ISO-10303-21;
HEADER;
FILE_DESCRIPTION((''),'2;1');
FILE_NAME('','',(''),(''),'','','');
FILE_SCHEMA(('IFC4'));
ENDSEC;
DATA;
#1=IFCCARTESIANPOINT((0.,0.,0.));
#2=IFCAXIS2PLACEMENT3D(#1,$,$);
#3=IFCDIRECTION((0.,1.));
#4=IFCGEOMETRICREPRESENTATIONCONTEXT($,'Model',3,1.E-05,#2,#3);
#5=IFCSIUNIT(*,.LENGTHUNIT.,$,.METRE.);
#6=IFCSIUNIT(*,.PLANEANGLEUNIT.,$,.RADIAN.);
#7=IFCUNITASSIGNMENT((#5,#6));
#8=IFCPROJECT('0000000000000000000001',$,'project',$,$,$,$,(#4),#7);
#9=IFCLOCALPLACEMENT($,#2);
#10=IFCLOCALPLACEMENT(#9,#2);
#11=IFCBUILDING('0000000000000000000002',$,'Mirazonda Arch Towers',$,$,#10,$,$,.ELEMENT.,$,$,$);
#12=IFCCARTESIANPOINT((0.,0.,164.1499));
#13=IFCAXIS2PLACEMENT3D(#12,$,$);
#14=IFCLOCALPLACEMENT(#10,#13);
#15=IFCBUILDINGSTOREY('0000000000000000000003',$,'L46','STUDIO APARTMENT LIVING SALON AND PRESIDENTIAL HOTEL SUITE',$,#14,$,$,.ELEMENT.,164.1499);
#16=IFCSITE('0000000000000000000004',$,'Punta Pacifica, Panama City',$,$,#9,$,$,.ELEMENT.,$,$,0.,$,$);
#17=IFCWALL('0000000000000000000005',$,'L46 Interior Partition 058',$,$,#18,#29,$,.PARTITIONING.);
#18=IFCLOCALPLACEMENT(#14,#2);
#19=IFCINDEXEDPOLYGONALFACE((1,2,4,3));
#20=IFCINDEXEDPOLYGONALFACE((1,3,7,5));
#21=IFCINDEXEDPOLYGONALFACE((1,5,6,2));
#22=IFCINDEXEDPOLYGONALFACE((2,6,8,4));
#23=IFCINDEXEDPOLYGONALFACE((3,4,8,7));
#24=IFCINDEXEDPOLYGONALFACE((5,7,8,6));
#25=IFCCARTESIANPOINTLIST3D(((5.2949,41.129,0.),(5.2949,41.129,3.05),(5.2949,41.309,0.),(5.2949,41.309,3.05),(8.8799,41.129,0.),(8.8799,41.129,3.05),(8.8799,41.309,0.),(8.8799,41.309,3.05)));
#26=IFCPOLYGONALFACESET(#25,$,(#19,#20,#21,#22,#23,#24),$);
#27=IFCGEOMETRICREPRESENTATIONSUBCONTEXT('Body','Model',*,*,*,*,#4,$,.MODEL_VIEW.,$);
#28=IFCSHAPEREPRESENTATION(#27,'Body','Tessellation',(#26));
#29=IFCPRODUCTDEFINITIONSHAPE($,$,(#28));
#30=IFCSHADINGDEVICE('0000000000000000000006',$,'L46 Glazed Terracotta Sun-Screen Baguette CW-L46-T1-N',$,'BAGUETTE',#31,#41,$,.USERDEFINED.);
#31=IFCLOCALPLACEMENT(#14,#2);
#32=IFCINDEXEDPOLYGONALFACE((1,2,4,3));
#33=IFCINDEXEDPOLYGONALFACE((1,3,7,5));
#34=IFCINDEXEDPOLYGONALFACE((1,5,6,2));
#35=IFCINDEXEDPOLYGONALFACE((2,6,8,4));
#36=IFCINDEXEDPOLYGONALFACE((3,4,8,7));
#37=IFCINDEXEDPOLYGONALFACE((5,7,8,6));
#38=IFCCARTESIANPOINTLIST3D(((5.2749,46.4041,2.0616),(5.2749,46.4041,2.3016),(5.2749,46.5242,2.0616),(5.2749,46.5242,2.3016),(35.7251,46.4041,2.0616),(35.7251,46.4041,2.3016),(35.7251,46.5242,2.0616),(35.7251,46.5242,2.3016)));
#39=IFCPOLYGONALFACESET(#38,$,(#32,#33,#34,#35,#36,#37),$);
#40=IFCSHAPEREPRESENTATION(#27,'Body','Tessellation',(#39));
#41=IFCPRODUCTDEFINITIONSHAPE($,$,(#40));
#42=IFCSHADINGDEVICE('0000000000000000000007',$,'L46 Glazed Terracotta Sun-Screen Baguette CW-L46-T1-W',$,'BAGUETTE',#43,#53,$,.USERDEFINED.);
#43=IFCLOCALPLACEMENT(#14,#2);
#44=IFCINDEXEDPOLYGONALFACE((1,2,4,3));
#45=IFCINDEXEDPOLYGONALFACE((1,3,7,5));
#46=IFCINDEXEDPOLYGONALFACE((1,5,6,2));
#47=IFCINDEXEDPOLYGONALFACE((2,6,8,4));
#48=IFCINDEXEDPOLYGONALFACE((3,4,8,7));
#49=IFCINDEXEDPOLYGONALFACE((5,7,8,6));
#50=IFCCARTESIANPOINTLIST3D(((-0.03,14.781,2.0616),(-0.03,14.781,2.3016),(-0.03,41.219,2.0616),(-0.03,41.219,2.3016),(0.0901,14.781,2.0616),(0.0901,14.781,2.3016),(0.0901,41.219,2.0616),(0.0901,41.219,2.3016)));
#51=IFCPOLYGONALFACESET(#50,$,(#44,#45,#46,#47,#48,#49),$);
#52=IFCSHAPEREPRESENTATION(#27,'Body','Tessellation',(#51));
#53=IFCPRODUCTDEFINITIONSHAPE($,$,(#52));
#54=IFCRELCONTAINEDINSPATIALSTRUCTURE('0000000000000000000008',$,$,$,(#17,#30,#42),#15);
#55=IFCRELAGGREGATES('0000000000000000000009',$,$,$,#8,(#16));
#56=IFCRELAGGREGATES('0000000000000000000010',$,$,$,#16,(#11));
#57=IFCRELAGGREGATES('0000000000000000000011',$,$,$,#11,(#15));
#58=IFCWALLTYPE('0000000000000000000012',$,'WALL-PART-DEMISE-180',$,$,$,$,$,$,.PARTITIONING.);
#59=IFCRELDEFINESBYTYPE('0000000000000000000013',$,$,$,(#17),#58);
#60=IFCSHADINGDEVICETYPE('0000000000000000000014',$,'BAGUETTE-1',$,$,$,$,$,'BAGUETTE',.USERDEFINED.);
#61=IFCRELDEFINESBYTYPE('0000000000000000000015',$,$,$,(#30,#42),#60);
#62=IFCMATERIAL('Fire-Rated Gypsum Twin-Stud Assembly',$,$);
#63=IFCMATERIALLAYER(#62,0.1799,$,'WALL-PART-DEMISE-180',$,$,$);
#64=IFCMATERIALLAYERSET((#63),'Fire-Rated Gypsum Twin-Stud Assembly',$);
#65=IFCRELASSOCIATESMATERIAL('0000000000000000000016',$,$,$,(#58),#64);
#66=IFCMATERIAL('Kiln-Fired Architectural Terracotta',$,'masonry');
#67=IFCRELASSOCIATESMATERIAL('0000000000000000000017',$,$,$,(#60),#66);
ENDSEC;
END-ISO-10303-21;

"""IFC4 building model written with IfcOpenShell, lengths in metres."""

from ifc_helpers import new_model, si_unit, direction, frame, frame_2d, origin, origin_2d, place, context, subcontext, project, spatial, rectangle, extrude, material, layer, layer_set, material_profile, profile_set, type_object, element, save


model = new_model("IFC4")

# Units and contexts
model_context = context("Model", 3, precision=1e-05, world=origin(), true_north=direction((0.0, 1.0)))
body_context = subcontext(model_context, "Body", "Model", "MODEL_VIEW")
ifc_project = project(units=[si_unit("LENGTHUNIT", "METRE"), si_unit("PLANEANGLEUNIT", "RADIAN")], contexts=[model_context])

# Site, building, storey
site_placement = place(None, origin())
site = spatial("IfcSite", under=ifc_project, at=site_placement, Name="Punta Pacifica, Panama City", CompositionType="ELEMENT", RefElevation=0.0)
building_placement = place(site_placement, origin())
building = spatial("IfcBuilding", under=site, at=building_placement, Name="Mirazonda Arch Towers", CompositionType="ELEMENT")
storey_placement = place(building_placement, frame((0.0, 0.0, 164.1499)))
storey = spatial("IfcBuildingStorey", under=building, at=storey_placement, Name="L46", Description="STUDIO APARTMENT LIVING SALON AND PRESIDENTIAL HOTEL SUITE", CompositionType="ELEMENT", Elevation=164.1499)

# Wall
ifc_material_1 = material(Name="Fire-Rated Gypsum Twin-Stud Assembly")
ifc_layer_1 = layer(ifc_material_1, 0.1799, Name="WALL-PART-DEMISE-180")
ifc_layer_set_1 = layer_set([ifc_layer_1], Name="Fire-Rated Gypsum Twin-Stud Assembly")
wall_type_1 = type_object("IfcWallType", Name="WALL-PART-DEMISE-180", PredefinedType="PARTITIONING", material=ifc_layer_set_1)
wall_1_placement = place(storey_placement, frame((5.2949, 41.219, 0.0), z_axis=(0.0, 0.0, 1.0), x_axis=(1.0, 0.0, 0.0)))
element("IfcWall", 1, at=wall_1_placement, inside=storey, type_object=wall_type_1, Name="L46 Interior Partition 058", PredefinedType="PARTITIONING", context=body_context, shape_type="SweptSolid", body=[
    extrude(rectangle(XDim=3.585, YDim=0.1799, at=frame_2d((1.7925, 0.0))), origin(), (0.0, 0.0, 1.0), 3.05),
])

# Shading devices
ifc_material_2 = material(Name="Kiln-Fired Architectural Terracotta", Category="masonry")
ifc_material_profile_1 = material_profile(ifc_material_2, rectangle(XDim=0.1201, YDim=0.24, at=origin_2d()), Name="TERRA-BAG-120x240")
ifc_profile_set_1 = profile_set([ifc_material_profile_1], Name="Kiln-Fired Architectural Terracotta")
shading_device_type = type_object("IfcShadingDeviceType", Name="BAGUETTE-1", ElementType="BAGUETTE", PredefinedType="USERDEFINED", material=ifc_profile_set_1)
shading_device_1_placement = place(storey_placement, frame((5.2749, 46.4641, 2.1816), z_axis=(1.0, 0.0, 0.0), x_axis=(0.0, 1.0, 0.0)))
element("IfcShadingDevice", 2, at=shading_device_1_placement, inside=storey, type_object=shading_device_type, Name="L46 Glazed Terracotta Sun-Screen Baguette CW-L46-T1-N", ObjectType="BAGUETTE", PredefinedType="USERDEFINED", context=body_context, shape_type="SweptSolid", body=[
    extrude(rectangle(XDim=0.1201, YDim=0.24, at=origin_2d()), origin(), (0.0, 0.0, 1.0), 30.4502),
])
shading_device_2_placement = place(storey_placement, frame((0.03, 41.219, 2.1816), z_axis=(0.0, -1.0, 0.0), x_axis=(1.0, 0.0, 0.0)))
element("IfcShadingDevice", 3, at=shading_device_2_placement, inside=storey, type_object=shading_device_type, Name="L46 Glazed Terracotta Sun-Screen Baguette CW-L46-T1-W", ObjectType="BAGUETTE", PredefinedType="USERDEFINED", context=body_context, shape_type="SweptSolid", body=[
    extrude(rectangle(XDim=0.1201, YDim=0.24, at=origin_2d()), origin(), (0.0, 0.0, 1.0), 26.438),
])

save(model, "model.ifc")
